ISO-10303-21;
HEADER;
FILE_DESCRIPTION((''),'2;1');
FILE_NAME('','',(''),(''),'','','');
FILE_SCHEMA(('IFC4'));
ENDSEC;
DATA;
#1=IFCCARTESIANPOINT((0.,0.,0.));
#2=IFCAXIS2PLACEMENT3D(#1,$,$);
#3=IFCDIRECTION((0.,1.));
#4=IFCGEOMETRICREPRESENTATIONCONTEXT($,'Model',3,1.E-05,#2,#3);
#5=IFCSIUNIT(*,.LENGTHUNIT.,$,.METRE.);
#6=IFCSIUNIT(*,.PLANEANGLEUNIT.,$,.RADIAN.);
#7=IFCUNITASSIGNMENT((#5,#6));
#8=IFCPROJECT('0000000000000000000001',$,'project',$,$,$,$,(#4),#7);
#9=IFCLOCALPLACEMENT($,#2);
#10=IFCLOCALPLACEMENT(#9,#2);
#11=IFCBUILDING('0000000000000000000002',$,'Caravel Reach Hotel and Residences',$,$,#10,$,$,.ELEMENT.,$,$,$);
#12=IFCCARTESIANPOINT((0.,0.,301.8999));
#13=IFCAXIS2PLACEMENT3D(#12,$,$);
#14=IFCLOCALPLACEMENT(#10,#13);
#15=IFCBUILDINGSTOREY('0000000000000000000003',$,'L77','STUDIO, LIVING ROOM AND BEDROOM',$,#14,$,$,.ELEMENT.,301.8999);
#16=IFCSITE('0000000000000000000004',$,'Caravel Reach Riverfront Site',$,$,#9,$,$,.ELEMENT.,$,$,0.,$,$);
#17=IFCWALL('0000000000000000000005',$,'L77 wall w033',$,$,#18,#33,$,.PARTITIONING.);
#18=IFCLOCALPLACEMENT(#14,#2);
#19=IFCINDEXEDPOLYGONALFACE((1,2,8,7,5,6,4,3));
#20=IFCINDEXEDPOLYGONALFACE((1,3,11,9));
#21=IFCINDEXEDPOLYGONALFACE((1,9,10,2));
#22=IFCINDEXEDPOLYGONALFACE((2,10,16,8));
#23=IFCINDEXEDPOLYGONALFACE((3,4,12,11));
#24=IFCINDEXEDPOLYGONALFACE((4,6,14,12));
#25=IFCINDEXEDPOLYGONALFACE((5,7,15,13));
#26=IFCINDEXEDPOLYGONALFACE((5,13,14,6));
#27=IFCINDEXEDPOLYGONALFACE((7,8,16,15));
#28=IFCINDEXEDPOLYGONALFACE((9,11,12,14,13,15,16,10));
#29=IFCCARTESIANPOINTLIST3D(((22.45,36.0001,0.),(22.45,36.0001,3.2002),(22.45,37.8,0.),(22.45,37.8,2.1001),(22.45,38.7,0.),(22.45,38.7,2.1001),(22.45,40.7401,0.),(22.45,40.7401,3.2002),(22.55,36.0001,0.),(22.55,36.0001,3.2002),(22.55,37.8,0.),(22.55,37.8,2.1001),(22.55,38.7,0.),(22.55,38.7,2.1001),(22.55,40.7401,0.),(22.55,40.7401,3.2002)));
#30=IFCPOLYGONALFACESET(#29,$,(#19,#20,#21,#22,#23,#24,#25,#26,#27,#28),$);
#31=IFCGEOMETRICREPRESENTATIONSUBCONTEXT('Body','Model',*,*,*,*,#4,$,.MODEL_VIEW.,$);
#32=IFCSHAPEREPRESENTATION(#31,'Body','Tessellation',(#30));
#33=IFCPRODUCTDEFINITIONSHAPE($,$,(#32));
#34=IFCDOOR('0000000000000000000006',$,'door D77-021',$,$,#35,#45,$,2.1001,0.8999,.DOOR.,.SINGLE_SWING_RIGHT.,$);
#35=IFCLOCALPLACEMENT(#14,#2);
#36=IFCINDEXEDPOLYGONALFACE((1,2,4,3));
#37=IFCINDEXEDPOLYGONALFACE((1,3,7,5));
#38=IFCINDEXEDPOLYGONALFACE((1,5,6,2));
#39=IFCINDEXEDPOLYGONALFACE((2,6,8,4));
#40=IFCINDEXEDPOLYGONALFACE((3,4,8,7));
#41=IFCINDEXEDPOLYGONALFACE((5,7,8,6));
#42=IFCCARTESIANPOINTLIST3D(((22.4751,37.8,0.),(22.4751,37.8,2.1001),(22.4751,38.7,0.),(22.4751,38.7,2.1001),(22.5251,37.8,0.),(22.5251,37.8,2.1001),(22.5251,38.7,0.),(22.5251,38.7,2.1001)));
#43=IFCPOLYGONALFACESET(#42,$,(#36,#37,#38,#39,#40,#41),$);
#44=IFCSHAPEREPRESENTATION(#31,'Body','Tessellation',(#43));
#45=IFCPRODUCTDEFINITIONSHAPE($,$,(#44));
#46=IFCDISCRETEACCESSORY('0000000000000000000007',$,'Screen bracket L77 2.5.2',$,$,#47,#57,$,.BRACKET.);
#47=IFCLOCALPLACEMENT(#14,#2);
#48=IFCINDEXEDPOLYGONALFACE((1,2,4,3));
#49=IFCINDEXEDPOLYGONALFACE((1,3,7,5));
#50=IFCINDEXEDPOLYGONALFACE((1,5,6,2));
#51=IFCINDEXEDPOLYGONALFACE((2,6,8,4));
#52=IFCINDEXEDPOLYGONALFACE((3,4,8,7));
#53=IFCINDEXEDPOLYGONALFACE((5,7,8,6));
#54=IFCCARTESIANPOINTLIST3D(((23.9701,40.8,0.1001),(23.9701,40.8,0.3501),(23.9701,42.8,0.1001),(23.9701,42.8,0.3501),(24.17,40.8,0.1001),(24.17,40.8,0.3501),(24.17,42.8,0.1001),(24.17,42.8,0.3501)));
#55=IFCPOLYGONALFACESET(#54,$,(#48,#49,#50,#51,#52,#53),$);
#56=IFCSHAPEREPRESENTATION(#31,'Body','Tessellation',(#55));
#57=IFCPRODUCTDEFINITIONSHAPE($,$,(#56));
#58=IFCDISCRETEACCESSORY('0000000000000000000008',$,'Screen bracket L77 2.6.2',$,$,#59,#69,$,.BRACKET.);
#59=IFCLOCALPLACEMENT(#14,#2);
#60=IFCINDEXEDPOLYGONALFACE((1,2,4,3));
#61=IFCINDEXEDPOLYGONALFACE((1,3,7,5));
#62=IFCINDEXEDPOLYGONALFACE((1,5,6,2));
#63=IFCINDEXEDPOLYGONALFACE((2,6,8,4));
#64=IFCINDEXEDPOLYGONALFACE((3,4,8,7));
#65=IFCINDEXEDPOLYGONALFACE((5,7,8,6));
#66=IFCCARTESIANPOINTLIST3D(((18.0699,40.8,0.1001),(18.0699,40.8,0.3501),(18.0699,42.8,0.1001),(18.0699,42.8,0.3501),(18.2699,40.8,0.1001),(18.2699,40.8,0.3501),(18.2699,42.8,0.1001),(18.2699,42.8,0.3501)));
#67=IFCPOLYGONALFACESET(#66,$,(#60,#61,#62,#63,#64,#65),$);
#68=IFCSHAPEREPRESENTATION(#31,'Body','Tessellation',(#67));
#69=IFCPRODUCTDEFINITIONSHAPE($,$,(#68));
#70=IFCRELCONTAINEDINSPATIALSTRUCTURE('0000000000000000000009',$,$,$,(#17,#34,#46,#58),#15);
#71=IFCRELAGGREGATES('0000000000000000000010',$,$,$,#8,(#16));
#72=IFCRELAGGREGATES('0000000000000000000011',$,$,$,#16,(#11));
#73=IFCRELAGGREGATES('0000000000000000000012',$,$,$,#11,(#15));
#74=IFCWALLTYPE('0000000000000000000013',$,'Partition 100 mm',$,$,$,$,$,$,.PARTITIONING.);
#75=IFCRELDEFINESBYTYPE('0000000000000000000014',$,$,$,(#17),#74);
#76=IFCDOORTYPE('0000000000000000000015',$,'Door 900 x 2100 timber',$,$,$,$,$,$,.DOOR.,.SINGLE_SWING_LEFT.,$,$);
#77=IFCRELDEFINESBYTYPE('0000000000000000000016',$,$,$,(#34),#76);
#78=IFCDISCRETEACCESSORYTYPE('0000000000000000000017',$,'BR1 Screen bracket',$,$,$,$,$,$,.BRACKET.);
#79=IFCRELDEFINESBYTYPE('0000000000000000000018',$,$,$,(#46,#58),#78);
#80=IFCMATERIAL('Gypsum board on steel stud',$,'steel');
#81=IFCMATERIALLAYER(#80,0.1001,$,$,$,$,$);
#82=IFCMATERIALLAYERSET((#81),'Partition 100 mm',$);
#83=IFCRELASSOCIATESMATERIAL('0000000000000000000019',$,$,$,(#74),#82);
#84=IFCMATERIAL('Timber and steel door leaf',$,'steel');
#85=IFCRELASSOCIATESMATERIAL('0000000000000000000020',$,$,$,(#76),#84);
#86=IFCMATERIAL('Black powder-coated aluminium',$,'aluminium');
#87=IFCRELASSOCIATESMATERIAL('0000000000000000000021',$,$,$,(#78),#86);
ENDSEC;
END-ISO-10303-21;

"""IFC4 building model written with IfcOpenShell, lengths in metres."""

from ifc_helpers import new_model, si_unit, direction, frame, frame_2d, origin, origin_2d, place, context, subcontext, project, spatial, rectangle, extrude, material, layer, layer_set, type_object, element, fill, save


model = new_model("IFC4")

# Units and contexts
model_context = context("Model", 3, precision=1e-05, world=origin(), true_north=direction((0.0, 1.0)))
body_context = subcontext(model_context, "Body", "Model", "MODEL_VIEW")
ifc_project = project(units=[si_unit("LENGTHUNIT", "METRE"), si_unit("PLANEANGLEUNIT", "RADIAN")], contexts=[model_context])

# Site, building, storey
site_placement = place(None, origin())
site = spatial("IfcSite", under=ifc_project, at=site_placement, Name="Caravel Reach Riverfront Site", CompositionType="ELEMENT", RefElevation=0.0)
building_placement = place(site_placement, origin())
building = spatial("IfcBuilding", under=site, at=building_placement, Name="Caravel Reach Hotel and Residences", CompositionType="ELEMENT")
storey_placement = place(building_placement, frame((0.0, 0.0, 301.8999)))
storey = spatial("IfcBuildingStorey", under=building, at=storey_placement, Name="L77", Description="STUDIO, LIVING ROOM AND BEDROOM", CompositionType="ELEMENT", Elevation=301.8999)

# Shared definitions
ifc_material_1 = material(Name="Gypsum board on steel stud", Category="steel")
ifc_layer_1 = layer(ifc_material_1, 0.1001)
ifc_layer_set_1 = layer_set([ifc_layer_1], Name="Partition 100 mm")
wall_type_1 = type_object("IfcWallType", Name="Partition 100 mm", PredefinedType="PARTITIONING", material=ifc_layer_set_1)

# Shared definitions
ifc_material_2 = material(Name="Timber and steel door leaf", Category="steel")
door_type = type_object("IfcDoorType", Name="Door 900 x 2100 timber", OperationType="SINGLE_SWING_LEFT", PredefinedType="DOOR", material=ifc_material_2)

# Wall, opening, door
wall_1_placement = place(storey_placement, frame((22.5, 36.0, 0.0), z_axis=(0.0, 0.0, 1.0), x_axis=(0.0, 1.0, 0.0)))
wall_1 = element("IfcWall", 1, at=wall_1_placement, inside=storey, type_object=wall_type_1, Name="L77 wall w033", PredefinedType="PARTITIONING", context=body_context, shape_type="SweptSolid", body=[
    extrude(rectangle(XDim=4.74, YDim=0.1001, at=frame_2d((2.3701, 0.0))), origin(), (0.0, 0.0, 1.0), 3.2002),
])
opening_1_placement = place(wall_1_placement, frame((1.8, 0.0, 0.0)))
opening_1 = element("IfcOpeningElement", 2, at=opening_1_placement, cuts=wall_1, PredefinedType="OPENING", context=body_context, shape_type="SweptSolid", body=[
    extrude(rectangle(XDim=0.8999, YDim=2.1001, at=frame_2d((0.45, 1.05))), frame((0.0, 0.0601, 0.0), z_axis=(0.0, -1.0, 0.0), x_axis=(1.0, 0.0, 0.0)), (0.0, 0.0, 1.0), 0.1201),
])
door_1_placement = place(opening_1_placement, origin())
door_1 = element("IfcDoor", 3, at=door_1_placement, inside=storey, type_object=door_type, Name="door D77-021", OperationType="SINGLE_SWING_RIGHT", OverallHeight=2.1001, OverallWidth=0.8999, PredefinedType="DOOR", context=body_context, shape_type="SweptSolid", body=[
    extrude(rectangle(XDim=0.8999, YDim=2.1001, at=frame_2d((0.45, 1.05))), frame((0.0, 0.0249, 0.0), z_axis=(0.0, -1.0, 0.0), x_axis=(1.0, 0.0, 0.0)), (0.0, 0.0, 1.0), 0.05),
])
fill(opening_1, door_1)

# Discrete accessories
ifc_material_3 = material(Name="Black powder-coated aluminium", Category="aluminium")
discrete_accessory_type = type_object("IfcDiscreteAccessoryType", Name="BR1 Screen bracket", PredefinedType="BRACKET", material=ifc_material_3)
for number, where, z_axis, x_axis, name in (
    (4, (24.0701, 41.8, 0.1001), (0.0, 0.0, 1.0), (0.0, 1.0, 0.0), "Screen bracket L77 2.5.2"),
    (5, (18.1699, 41.8, 0.1001), (0.0, 0.0, 1.0), (0.0, 1.0, 0.0), "Screen bracket L77 2.6.2"),
):
    element("IfcDiscreteAccessory", number, at=place(storey_placement, frame(where, z_axis=z_axis, x_axis=x_axis)), inside=storey, type_object=discrete_accessory_type, Name=name, PredefinedType="BRACKET", context=body_context, shape_type="SweptSolid", body=[
        extrude(rectangle(XDim=2.0, YDim=0.2, at=origin_2d()), origin(), (0.0, 0.0, 1.0), 0.25),
    ])

save(model, "model.ifc")
